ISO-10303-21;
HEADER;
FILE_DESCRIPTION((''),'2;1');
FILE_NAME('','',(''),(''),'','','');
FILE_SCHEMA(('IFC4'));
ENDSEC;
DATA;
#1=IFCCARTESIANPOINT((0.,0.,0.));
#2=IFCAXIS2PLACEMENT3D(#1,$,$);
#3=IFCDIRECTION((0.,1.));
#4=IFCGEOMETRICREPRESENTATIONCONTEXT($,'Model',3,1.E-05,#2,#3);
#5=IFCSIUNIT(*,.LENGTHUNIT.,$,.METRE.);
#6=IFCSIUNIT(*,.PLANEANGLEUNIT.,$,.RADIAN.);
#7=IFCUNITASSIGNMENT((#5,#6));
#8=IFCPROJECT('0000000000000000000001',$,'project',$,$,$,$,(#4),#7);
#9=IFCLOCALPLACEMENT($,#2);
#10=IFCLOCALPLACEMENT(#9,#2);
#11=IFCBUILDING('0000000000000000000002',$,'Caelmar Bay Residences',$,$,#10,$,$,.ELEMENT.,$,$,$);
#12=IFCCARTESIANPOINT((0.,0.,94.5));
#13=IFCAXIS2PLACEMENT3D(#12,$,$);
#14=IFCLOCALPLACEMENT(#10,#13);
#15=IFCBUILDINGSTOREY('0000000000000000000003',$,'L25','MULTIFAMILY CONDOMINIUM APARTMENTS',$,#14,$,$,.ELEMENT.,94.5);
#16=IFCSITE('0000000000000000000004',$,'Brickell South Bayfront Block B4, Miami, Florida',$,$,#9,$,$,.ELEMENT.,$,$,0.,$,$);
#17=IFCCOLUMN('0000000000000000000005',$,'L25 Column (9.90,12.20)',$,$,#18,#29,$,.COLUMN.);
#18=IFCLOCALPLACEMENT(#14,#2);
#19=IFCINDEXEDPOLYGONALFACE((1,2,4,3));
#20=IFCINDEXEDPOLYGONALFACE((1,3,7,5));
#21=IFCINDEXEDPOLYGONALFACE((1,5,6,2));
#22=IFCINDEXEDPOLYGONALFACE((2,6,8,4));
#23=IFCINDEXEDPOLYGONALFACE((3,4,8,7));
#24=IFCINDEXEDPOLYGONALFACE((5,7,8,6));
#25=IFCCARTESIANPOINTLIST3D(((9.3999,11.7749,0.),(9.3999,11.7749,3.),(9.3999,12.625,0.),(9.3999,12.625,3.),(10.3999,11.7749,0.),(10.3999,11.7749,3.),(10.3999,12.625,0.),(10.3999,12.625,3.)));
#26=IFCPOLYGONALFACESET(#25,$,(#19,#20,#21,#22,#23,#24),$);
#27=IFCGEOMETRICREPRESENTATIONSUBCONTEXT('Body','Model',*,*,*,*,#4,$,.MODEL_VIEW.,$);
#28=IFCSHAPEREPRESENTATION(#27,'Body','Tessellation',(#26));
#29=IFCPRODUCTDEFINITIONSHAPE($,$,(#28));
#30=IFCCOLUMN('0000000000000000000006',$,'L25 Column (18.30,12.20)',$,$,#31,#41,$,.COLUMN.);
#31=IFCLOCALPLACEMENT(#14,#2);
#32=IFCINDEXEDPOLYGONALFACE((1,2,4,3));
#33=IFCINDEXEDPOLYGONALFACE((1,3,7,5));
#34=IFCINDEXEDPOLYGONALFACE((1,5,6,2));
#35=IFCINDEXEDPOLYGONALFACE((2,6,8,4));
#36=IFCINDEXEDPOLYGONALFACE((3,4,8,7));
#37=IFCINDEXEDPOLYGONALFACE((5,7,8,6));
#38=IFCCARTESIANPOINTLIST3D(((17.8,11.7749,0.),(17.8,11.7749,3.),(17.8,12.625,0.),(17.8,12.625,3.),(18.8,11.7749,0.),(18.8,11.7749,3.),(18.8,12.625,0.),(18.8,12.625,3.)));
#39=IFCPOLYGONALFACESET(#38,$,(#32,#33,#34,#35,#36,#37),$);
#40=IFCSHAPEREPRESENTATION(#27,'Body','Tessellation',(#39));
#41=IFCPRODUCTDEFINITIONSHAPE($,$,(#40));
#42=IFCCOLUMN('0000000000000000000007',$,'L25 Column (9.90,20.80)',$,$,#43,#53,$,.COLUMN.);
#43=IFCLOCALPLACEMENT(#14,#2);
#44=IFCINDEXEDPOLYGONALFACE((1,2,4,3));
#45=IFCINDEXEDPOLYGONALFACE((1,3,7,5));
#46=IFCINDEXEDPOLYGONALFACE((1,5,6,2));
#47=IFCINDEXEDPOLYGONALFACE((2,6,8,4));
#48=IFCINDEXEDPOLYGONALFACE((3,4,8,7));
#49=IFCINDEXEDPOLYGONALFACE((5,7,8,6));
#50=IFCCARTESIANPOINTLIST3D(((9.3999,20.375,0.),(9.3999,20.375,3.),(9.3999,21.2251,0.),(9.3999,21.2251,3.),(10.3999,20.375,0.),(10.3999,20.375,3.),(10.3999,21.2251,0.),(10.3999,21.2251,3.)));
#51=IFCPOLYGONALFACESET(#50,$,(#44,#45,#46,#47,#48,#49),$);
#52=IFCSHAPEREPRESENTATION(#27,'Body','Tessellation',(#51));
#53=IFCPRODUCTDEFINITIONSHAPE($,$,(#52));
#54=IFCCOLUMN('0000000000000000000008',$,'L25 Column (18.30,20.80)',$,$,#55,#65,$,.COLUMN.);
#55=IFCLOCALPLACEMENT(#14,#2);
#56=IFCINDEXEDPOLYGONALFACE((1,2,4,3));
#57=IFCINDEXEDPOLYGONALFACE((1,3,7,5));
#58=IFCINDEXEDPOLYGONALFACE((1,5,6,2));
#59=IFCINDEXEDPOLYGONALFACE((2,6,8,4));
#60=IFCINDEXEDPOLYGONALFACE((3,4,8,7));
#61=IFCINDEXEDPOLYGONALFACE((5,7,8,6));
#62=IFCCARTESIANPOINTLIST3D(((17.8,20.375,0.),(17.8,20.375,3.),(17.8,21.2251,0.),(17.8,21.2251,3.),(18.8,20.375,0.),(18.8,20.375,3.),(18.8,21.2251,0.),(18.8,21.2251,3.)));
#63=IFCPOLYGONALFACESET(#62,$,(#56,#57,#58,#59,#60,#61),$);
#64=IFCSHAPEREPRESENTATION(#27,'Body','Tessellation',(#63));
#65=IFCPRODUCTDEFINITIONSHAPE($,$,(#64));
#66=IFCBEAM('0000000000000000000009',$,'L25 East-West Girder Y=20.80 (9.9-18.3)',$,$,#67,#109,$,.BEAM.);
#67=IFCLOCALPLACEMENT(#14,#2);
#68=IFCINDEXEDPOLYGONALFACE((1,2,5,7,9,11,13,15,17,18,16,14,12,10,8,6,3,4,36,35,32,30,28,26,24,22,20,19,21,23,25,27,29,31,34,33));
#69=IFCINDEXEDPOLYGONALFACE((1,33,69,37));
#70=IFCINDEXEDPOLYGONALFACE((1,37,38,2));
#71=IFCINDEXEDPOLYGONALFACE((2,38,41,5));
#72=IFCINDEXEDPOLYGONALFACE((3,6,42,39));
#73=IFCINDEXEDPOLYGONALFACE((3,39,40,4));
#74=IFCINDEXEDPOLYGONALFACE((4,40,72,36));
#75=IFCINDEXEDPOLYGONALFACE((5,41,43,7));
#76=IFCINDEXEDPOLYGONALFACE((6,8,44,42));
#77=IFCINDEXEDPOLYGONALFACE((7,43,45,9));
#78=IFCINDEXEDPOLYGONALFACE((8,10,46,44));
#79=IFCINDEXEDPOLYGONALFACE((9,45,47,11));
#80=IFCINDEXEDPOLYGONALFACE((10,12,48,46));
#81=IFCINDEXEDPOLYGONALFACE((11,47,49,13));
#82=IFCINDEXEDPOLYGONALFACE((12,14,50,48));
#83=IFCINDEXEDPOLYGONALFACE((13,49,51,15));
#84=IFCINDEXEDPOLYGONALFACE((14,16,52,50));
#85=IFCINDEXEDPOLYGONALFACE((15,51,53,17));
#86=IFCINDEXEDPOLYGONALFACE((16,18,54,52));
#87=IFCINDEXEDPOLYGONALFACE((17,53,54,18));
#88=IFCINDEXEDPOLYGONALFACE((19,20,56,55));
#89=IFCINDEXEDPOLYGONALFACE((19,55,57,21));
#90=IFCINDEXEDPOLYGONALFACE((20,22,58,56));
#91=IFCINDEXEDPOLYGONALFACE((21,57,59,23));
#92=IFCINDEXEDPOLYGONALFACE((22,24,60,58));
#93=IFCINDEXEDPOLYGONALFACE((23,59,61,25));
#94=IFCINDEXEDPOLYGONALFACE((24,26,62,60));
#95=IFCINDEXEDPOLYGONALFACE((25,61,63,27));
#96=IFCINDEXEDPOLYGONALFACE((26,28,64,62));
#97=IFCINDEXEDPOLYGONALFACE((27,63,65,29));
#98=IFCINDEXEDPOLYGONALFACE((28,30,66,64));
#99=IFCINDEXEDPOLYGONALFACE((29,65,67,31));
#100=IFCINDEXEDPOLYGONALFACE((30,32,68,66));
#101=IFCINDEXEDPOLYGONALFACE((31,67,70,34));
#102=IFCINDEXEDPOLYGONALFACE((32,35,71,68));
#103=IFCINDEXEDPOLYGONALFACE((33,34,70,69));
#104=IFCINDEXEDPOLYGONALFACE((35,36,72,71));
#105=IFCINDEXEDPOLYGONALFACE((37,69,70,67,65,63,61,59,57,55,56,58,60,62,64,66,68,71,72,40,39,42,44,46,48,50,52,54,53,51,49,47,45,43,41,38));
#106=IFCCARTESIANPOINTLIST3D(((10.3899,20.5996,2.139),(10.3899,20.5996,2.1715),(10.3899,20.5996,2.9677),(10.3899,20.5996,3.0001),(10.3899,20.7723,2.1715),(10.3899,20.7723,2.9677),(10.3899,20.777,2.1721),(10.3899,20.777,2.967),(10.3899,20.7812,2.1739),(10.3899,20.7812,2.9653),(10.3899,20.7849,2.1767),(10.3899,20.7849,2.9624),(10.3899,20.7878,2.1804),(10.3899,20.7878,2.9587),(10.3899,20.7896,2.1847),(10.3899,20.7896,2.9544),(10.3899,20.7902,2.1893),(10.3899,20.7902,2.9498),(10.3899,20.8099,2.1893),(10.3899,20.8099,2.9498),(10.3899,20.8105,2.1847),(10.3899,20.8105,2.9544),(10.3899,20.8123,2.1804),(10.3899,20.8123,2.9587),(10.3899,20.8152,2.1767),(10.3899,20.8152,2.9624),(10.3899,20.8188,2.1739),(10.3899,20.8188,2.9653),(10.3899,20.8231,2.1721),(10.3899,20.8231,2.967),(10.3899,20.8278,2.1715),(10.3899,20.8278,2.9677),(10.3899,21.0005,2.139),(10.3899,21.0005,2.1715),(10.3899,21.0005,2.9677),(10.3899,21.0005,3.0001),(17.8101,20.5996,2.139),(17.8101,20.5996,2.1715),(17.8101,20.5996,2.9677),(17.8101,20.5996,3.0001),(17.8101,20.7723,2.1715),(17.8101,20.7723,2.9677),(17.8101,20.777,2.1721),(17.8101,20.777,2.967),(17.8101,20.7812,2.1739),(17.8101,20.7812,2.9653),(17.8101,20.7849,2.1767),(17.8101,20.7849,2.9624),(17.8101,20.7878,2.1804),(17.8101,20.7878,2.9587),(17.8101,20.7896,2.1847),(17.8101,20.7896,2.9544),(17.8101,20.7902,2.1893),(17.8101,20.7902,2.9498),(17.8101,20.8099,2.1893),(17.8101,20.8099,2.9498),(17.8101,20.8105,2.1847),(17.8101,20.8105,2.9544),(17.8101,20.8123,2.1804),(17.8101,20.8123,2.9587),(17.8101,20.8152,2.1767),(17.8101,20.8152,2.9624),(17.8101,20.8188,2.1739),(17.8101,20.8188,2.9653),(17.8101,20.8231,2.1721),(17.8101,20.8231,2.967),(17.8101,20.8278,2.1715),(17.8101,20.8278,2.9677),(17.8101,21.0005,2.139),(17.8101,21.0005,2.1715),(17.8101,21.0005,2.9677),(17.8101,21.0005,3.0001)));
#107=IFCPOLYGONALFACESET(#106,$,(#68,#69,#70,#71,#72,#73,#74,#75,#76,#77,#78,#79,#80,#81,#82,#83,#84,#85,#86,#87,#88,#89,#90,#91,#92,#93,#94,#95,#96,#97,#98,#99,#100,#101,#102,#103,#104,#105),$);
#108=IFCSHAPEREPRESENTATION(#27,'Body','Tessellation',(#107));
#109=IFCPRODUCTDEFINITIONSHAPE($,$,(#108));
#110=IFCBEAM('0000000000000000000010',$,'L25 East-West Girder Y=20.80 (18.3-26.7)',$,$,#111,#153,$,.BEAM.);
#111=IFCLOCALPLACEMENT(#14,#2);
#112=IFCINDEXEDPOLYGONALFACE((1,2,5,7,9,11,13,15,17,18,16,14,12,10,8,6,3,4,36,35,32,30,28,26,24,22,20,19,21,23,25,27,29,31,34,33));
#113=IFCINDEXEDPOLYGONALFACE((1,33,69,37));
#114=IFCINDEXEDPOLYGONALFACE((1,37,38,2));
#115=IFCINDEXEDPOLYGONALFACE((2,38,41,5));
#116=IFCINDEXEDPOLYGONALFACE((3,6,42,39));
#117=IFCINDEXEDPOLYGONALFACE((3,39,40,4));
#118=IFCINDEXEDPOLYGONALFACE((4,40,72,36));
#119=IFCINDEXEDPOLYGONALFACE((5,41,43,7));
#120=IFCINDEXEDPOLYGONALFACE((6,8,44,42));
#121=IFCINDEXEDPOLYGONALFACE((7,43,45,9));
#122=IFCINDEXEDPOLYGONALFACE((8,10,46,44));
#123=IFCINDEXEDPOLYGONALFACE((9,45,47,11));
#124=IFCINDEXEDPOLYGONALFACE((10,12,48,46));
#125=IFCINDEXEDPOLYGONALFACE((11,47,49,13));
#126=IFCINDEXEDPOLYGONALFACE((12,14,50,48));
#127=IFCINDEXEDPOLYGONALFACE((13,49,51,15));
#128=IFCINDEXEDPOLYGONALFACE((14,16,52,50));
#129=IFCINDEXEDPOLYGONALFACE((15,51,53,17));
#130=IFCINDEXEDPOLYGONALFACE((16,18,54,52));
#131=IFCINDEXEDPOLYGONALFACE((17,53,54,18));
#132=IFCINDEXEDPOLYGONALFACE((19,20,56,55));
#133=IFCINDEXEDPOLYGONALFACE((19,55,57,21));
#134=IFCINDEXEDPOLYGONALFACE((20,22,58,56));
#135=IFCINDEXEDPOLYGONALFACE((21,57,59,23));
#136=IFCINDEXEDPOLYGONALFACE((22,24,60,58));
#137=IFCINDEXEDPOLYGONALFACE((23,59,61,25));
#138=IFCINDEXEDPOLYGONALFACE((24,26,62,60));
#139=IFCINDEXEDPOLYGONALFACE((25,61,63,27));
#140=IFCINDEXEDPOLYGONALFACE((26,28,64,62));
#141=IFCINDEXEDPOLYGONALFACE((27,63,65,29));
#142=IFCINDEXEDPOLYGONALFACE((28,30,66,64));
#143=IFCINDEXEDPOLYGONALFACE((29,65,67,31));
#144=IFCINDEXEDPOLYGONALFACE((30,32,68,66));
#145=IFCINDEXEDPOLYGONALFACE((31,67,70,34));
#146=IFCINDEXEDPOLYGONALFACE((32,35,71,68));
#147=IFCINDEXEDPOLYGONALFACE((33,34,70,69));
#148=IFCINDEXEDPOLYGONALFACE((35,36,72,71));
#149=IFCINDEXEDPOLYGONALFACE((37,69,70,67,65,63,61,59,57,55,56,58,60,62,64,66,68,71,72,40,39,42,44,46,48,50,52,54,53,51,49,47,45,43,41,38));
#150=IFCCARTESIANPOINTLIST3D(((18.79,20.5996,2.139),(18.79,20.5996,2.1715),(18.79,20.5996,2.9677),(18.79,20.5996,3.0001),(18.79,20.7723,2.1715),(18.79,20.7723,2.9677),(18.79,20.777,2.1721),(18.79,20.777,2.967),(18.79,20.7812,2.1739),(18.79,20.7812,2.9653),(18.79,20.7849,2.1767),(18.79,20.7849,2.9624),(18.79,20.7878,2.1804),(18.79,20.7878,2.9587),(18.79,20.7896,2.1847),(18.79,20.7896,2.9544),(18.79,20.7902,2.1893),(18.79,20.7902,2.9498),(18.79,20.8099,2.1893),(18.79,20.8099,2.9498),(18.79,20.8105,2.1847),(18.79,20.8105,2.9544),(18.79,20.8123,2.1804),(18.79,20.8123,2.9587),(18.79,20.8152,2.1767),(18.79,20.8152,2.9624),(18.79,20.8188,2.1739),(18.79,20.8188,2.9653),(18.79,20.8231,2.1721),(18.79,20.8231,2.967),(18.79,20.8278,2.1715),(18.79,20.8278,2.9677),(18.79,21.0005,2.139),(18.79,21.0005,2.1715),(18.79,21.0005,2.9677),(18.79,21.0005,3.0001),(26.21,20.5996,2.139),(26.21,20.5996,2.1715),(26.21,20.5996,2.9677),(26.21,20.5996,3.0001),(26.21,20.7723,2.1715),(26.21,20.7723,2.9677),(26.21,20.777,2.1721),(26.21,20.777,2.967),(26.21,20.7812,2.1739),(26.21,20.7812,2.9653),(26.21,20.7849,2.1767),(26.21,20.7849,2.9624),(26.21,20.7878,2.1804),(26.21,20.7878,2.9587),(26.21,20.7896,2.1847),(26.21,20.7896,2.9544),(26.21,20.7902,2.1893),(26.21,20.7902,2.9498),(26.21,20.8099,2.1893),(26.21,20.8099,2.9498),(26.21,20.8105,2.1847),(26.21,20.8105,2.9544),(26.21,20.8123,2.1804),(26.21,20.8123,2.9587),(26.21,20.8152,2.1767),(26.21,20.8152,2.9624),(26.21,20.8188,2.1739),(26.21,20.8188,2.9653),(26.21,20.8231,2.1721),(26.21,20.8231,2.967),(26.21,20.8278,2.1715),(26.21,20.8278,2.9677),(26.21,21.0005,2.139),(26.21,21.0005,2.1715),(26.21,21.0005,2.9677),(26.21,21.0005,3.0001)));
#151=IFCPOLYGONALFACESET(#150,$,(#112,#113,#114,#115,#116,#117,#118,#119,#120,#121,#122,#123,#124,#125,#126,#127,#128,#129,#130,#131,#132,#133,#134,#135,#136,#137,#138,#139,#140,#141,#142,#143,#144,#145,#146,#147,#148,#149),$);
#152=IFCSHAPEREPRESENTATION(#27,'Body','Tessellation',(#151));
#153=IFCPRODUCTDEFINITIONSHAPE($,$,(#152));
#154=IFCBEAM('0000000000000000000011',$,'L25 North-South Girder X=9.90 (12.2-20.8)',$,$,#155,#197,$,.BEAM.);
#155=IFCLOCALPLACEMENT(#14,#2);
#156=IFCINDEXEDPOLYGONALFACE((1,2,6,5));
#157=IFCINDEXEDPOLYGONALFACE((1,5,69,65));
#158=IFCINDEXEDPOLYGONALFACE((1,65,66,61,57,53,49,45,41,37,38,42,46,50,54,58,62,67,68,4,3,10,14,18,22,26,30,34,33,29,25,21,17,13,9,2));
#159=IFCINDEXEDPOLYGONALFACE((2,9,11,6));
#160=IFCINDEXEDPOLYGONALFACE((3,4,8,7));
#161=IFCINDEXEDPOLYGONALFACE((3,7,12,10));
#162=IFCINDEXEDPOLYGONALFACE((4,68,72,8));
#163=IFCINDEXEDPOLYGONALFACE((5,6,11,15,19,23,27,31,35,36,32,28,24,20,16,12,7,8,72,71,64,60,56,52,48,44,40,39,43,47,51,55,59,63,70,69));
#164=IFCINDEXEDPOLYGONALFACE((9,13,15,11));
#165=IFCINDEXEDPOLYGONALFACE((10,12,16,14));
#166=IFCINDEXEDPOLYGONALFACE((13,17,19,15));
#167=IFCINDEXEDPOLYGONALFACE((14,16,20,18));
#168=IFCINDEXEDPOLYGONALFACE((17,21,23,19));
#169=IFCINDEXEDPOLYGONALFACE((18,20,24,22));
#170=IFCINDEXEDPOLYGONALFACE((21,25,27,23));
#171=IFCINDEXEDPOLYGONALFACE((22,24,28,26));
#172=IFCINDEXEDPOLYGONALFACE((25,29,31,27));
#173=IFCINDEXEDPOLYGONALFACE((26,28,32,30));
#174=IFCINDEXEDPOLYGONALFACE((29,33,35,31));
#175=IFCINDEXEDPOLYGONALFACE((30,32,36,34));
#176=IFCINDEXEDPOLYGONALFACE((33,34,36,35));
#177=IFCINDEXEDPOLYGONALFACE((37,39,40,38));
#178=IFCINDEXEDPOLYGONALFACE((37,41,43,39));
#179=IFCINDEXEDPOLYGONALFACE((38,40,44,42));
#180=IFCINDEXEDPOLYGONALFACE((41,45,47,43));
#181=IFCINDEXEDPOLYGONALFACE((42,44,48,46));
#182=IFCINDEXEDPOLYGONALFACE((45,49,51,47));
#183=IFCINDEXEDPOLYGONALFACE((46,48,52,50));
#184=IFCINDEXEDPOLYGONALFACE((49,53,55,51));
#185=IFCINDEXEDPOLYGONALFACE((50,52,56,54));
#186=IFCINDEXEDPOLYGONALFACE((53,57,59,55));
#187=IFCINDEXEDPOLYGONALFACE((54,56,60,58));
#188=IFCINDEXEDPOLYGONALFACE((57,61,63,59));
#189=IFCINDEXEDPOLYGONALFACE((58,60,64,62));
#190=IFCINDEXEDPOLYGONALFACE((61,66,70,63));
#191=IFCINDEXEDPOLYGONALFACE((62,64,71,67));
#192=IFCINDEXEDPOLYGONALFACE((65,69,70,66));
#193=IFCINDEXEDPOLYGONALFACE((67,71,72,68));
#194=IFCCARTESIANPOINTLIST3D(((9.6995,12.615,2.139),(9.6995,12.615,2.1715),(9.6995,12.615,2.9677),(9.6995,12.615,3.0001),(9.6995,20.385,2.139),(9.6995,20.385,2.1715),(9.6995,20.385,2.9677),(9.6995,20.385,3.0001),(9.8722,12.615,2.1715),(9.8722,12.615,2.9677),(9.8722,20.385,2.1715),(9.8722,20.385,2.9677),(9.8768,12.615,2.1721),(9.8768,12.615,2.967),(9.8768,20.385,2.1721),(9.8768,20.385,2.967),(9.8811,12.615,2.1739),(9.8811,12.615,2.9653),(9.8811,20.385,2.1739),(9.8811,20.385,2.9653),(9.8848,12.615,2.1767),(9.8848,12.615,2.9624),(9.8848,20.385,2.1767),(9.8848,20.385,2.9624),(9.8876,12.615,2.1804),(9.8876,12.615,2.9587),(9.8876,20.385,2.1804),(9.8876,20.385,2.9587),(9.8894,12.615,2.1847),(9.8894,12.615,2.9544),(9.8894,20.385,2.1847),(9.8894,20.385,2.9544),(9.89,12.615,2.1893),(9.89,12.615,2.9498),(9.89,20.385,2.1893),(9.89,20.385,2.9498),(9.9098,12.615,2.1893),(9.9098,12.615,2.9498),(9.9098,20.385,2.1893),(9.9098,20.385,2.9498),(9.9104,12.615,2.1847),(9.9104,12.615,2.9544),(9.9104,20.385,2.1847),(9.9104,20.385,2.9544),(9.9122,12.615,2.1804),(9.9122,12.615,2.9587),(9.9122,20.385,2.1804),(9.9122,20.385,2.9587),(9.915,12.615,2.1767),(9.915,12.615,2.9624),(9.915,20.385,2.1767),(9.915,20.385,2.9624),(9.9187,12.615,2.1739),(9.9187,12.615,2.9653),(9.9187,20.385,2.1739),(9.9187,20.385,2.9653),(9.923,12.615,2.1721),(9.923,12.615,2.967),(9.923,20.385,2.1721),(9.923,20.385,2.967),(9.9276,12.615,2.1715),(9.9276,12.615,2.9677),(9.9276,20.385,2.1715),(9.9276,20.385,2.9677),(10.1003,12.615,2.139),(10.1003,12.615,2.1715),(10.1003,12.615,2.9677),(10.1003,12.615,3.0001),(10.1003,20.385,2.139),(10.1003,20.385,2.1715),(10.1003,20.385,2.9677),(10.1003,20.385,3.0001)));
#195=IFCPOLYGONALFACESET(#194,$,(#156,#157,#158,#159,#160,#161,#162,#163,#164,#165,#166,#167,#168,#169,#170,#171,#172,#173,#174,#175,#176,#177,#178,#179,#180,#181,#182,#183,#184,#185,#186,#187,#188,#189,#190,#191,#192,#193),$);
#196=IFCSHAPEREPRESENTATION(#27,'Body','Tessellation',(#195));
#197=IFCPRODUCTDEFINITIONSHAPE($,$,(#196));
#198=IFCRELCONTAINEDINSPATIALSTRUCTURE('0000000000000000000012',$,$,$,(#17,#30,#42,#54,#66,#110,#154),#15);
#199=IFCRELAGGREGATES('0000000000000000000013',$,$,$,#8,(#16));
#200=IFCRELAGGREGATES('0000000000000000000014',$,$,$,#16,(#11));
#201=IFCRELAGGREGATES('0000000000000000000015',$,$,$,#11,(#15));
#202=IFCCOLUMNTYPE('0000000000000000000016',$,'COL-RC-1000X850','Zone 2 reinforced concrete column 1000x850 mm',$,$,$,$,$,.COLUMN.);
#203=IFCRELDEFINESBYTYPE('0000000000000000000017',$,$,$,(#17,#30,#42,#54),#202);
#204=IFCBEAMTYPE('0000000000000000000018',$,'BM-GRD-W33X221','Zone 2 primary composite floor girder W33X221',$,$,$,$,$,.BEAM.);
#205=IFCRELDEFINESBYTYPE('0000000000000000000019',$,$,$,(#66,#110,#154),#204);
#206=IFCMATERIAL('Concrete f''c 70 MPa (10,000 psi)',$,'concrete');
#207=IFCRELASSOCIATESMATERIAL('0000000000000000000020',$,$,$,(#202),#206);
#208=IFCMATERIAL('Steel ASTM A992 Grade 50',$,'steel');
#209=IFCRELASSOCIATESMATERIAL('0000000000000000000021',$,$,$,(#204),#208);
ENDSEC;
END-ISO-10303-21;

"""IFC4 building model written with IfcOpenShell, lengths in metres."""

from ifc_helpers import new_model, si_unit, direction, frame, origin, origin_2d, place, context, subcontext, project, spatial, rectangle, i_section, extrude, material, material_profile, profile_set, type_object, element, save


model = new_model("IFC4")

# Units and contexts
model_context = context("Model", 3, precision=1e-05, world=origin(), true_north=direction((0.0, 1.0)))
body_context = subcontext(model_context, "Body", "Model", "MODEL_VIEW")
ifc_project = project(units=[si_unit("LENGTHUNIT", "METRE"), si_unit("PLANEANGLEUNIT", "RADIAN")], contexts=[model_context])

# Site, building, storey
site_placement = place(None, origin())
site = spatial("IfcSite", under=ifc_project, at=site_placement, Name="Brickell South Bayfront Block B4, Miami, Florida", CompositionType="ELEMENT", RefElevation=0.0)
building_placement = place(site_placement, origin())
building = spatial("IfcBuilding", under=site, at=building_placement, Name="Caelmar Bay Residences", CompositionType="ELEMENT")
storey_placement = place(building_placement, frame((0.0, 0.0, 94.5)))
storey = spatial("IfcBuildingStorey", under=building, at=storey_placement, Name="L25", Description="MULTIFAMILY CONDOMINIUM APARTMENTS", CompositionType="ELEMENT", Elevation=94.5)

# Columns
ifc_material_1 = material(Name="Concrete f'c 70 MPa (10,000 psi)", Category="concrete")
ifc_material_profile_1 = material_profile(ifc_material_1, rectangle(XDim=1.0, YDim=0.8501, at=origin_2d()), Name="RC-COL-1000X850")
ifc_profile_set_1 = profile_set([ifc_material_profile_1], Name="Concrete f'c 70 MPa (10,000 psi)")
column_type = type_object("IfcColumnType", Name="COL-RC-1000X850", Description="Zone 2 reinforced concrete column 1000x850 mm", PredefinedType="COLUMN", material=ifc_profile_set_1)
for number, where, z_axis, x_axis, name in (
    (1, (9.8999, 12.2, 0.0), (0.0, 0.0, 1.0), (1.0, 0.0, 0.0), "L25 Column (9.90,12.20)"),
    (2, (18.3, 12.2, 0.0), (0.0, 0.0, 1.0), (1.0, 0.0, 0.0), "L25 Column (18.30,12.20)"),
    (3, (9.8999, 20.8, 0.0), (0.0, 0.0, 1.0), (1.0, 0.0, 0.0), "L25 Column (9.90,20.80)"),
    (4, (18.3, 20.8, 0.0), (0.0, 0.0, 1.0), (1.0, 0.0, 0.0), "L25 Column (18.30,20.80)"),
):
    element("IfcColumn", number, at=place(storey_placement, frame(where, z_axis=z_axis, x_axis=x_axis)), inside=storey, type_object=column_type, Name=name, PredefinedType="COLUMN", context=body_context, shape_type="SweptSolid", body=[
        extrude(rectangle(XDim=1.0, YDim=0.8501, at=origin_2d()), origin(), (0.0, 0.0, 1.0), 3.0),
    ])

# Beams
ifc_material_2 = material(Name="Steel ASTM A992 Grade 50", Category="steel")
ifc_material_profile_2 = material_profile(ifc_material_2, i_section(OverallWidth=0.4009, OverallDepth=0.8611, WebThickness=0.0198, FlangeThickness=0.0325, FilletRadius=0.0178, at=origin_2d()), Name="W33X221")
ifc_profile_set_2 = profile_set([ifc_material_profile_2], Name="Steel ASTM A992 Grade 50")
beam_type_1 = type_object("IfcBeamType", Name="BM-GRD-W33X221", Description="Zone 2 primary composite floor girder W33X221", PredefinedType="BEAM", material=ifc_profile_set_2)
beam_1_placement = place(storey_placement, frame((10.3899, 20.8, 2.5696), z_axis=(1.0, 0.0, 0.0), x_axis=(0.0, 1.0, 0.0)))
element("IfcBeam", 5, at=beam_1_placement, inside=storey, type_object=beam_type_1, Name="L25 East-West Girder Y=20.80 (9.9-18.3)", PredefinedType="BEAM", context=body_context, shape_type="SweptSolid", body=[
    extrude(i_section(OverallWidth=0.4009, OverallDepth=0.8611, WebThickness=0.0198, FlangeThickness=0.0325, FilletRadius=0.0178, at=origin_2d()), origin(), (0.0, 0.0, 1.0), 7.4202),
])
beam_2_placement = place(storey_placement, frame((18.79, 20.8, 2.5696), z_axis=(1.0, 0.0, 0.0), x_axis=(0.0, 1.0, 0.0)))
element("IfcBeam", 6, at=beam_2_placement, inside=storey, type_object=beam_type_1, Name="L25 East-West Girder Y=20.80 (18.3-26.7)", PredefinedType="BEAM", context=body_context, shape_type="SweptSolid", body=[
    extrude(i_section(OverallWidth=0.4009, OverallDepth=0.8611, WebThickness=0.0198, FlangeThickness=0.0325, FilletRadius=0.0178, at=origin_2d()), origin(), (0.0, 0.0, 1.0), 7.4199),
])
for number, where, z_axis, x_axis, name in (
    (7, (9.8999, 12.615, 2.5696), (0.0, 1.0, 0.0), (-1.0, 0.0, 0.0), "L25 North-South Girder X=9.90 (12.2-20.8)"),
):
    element("IfcBeam", number, at=place(storey_placement, frame(where, z_axis=z_axis, x_axis=x_axis)), inside=storey, type_object=beam_type_1, Name=name, PredefinedType="BEAM", context=body_context, shape_type="SweptSolid", body=[
        extrude(i_section(OverallWidth=0.4009, OverallDepth=0.8611, WebThickness=0.0198, FlangeThickness=0.0325, FilletRadius=0.0178, at=origin_2d()), origin(), (0.0, 0.0, 1.0), 7.77),
    ])

save(model, "model.ifc")
